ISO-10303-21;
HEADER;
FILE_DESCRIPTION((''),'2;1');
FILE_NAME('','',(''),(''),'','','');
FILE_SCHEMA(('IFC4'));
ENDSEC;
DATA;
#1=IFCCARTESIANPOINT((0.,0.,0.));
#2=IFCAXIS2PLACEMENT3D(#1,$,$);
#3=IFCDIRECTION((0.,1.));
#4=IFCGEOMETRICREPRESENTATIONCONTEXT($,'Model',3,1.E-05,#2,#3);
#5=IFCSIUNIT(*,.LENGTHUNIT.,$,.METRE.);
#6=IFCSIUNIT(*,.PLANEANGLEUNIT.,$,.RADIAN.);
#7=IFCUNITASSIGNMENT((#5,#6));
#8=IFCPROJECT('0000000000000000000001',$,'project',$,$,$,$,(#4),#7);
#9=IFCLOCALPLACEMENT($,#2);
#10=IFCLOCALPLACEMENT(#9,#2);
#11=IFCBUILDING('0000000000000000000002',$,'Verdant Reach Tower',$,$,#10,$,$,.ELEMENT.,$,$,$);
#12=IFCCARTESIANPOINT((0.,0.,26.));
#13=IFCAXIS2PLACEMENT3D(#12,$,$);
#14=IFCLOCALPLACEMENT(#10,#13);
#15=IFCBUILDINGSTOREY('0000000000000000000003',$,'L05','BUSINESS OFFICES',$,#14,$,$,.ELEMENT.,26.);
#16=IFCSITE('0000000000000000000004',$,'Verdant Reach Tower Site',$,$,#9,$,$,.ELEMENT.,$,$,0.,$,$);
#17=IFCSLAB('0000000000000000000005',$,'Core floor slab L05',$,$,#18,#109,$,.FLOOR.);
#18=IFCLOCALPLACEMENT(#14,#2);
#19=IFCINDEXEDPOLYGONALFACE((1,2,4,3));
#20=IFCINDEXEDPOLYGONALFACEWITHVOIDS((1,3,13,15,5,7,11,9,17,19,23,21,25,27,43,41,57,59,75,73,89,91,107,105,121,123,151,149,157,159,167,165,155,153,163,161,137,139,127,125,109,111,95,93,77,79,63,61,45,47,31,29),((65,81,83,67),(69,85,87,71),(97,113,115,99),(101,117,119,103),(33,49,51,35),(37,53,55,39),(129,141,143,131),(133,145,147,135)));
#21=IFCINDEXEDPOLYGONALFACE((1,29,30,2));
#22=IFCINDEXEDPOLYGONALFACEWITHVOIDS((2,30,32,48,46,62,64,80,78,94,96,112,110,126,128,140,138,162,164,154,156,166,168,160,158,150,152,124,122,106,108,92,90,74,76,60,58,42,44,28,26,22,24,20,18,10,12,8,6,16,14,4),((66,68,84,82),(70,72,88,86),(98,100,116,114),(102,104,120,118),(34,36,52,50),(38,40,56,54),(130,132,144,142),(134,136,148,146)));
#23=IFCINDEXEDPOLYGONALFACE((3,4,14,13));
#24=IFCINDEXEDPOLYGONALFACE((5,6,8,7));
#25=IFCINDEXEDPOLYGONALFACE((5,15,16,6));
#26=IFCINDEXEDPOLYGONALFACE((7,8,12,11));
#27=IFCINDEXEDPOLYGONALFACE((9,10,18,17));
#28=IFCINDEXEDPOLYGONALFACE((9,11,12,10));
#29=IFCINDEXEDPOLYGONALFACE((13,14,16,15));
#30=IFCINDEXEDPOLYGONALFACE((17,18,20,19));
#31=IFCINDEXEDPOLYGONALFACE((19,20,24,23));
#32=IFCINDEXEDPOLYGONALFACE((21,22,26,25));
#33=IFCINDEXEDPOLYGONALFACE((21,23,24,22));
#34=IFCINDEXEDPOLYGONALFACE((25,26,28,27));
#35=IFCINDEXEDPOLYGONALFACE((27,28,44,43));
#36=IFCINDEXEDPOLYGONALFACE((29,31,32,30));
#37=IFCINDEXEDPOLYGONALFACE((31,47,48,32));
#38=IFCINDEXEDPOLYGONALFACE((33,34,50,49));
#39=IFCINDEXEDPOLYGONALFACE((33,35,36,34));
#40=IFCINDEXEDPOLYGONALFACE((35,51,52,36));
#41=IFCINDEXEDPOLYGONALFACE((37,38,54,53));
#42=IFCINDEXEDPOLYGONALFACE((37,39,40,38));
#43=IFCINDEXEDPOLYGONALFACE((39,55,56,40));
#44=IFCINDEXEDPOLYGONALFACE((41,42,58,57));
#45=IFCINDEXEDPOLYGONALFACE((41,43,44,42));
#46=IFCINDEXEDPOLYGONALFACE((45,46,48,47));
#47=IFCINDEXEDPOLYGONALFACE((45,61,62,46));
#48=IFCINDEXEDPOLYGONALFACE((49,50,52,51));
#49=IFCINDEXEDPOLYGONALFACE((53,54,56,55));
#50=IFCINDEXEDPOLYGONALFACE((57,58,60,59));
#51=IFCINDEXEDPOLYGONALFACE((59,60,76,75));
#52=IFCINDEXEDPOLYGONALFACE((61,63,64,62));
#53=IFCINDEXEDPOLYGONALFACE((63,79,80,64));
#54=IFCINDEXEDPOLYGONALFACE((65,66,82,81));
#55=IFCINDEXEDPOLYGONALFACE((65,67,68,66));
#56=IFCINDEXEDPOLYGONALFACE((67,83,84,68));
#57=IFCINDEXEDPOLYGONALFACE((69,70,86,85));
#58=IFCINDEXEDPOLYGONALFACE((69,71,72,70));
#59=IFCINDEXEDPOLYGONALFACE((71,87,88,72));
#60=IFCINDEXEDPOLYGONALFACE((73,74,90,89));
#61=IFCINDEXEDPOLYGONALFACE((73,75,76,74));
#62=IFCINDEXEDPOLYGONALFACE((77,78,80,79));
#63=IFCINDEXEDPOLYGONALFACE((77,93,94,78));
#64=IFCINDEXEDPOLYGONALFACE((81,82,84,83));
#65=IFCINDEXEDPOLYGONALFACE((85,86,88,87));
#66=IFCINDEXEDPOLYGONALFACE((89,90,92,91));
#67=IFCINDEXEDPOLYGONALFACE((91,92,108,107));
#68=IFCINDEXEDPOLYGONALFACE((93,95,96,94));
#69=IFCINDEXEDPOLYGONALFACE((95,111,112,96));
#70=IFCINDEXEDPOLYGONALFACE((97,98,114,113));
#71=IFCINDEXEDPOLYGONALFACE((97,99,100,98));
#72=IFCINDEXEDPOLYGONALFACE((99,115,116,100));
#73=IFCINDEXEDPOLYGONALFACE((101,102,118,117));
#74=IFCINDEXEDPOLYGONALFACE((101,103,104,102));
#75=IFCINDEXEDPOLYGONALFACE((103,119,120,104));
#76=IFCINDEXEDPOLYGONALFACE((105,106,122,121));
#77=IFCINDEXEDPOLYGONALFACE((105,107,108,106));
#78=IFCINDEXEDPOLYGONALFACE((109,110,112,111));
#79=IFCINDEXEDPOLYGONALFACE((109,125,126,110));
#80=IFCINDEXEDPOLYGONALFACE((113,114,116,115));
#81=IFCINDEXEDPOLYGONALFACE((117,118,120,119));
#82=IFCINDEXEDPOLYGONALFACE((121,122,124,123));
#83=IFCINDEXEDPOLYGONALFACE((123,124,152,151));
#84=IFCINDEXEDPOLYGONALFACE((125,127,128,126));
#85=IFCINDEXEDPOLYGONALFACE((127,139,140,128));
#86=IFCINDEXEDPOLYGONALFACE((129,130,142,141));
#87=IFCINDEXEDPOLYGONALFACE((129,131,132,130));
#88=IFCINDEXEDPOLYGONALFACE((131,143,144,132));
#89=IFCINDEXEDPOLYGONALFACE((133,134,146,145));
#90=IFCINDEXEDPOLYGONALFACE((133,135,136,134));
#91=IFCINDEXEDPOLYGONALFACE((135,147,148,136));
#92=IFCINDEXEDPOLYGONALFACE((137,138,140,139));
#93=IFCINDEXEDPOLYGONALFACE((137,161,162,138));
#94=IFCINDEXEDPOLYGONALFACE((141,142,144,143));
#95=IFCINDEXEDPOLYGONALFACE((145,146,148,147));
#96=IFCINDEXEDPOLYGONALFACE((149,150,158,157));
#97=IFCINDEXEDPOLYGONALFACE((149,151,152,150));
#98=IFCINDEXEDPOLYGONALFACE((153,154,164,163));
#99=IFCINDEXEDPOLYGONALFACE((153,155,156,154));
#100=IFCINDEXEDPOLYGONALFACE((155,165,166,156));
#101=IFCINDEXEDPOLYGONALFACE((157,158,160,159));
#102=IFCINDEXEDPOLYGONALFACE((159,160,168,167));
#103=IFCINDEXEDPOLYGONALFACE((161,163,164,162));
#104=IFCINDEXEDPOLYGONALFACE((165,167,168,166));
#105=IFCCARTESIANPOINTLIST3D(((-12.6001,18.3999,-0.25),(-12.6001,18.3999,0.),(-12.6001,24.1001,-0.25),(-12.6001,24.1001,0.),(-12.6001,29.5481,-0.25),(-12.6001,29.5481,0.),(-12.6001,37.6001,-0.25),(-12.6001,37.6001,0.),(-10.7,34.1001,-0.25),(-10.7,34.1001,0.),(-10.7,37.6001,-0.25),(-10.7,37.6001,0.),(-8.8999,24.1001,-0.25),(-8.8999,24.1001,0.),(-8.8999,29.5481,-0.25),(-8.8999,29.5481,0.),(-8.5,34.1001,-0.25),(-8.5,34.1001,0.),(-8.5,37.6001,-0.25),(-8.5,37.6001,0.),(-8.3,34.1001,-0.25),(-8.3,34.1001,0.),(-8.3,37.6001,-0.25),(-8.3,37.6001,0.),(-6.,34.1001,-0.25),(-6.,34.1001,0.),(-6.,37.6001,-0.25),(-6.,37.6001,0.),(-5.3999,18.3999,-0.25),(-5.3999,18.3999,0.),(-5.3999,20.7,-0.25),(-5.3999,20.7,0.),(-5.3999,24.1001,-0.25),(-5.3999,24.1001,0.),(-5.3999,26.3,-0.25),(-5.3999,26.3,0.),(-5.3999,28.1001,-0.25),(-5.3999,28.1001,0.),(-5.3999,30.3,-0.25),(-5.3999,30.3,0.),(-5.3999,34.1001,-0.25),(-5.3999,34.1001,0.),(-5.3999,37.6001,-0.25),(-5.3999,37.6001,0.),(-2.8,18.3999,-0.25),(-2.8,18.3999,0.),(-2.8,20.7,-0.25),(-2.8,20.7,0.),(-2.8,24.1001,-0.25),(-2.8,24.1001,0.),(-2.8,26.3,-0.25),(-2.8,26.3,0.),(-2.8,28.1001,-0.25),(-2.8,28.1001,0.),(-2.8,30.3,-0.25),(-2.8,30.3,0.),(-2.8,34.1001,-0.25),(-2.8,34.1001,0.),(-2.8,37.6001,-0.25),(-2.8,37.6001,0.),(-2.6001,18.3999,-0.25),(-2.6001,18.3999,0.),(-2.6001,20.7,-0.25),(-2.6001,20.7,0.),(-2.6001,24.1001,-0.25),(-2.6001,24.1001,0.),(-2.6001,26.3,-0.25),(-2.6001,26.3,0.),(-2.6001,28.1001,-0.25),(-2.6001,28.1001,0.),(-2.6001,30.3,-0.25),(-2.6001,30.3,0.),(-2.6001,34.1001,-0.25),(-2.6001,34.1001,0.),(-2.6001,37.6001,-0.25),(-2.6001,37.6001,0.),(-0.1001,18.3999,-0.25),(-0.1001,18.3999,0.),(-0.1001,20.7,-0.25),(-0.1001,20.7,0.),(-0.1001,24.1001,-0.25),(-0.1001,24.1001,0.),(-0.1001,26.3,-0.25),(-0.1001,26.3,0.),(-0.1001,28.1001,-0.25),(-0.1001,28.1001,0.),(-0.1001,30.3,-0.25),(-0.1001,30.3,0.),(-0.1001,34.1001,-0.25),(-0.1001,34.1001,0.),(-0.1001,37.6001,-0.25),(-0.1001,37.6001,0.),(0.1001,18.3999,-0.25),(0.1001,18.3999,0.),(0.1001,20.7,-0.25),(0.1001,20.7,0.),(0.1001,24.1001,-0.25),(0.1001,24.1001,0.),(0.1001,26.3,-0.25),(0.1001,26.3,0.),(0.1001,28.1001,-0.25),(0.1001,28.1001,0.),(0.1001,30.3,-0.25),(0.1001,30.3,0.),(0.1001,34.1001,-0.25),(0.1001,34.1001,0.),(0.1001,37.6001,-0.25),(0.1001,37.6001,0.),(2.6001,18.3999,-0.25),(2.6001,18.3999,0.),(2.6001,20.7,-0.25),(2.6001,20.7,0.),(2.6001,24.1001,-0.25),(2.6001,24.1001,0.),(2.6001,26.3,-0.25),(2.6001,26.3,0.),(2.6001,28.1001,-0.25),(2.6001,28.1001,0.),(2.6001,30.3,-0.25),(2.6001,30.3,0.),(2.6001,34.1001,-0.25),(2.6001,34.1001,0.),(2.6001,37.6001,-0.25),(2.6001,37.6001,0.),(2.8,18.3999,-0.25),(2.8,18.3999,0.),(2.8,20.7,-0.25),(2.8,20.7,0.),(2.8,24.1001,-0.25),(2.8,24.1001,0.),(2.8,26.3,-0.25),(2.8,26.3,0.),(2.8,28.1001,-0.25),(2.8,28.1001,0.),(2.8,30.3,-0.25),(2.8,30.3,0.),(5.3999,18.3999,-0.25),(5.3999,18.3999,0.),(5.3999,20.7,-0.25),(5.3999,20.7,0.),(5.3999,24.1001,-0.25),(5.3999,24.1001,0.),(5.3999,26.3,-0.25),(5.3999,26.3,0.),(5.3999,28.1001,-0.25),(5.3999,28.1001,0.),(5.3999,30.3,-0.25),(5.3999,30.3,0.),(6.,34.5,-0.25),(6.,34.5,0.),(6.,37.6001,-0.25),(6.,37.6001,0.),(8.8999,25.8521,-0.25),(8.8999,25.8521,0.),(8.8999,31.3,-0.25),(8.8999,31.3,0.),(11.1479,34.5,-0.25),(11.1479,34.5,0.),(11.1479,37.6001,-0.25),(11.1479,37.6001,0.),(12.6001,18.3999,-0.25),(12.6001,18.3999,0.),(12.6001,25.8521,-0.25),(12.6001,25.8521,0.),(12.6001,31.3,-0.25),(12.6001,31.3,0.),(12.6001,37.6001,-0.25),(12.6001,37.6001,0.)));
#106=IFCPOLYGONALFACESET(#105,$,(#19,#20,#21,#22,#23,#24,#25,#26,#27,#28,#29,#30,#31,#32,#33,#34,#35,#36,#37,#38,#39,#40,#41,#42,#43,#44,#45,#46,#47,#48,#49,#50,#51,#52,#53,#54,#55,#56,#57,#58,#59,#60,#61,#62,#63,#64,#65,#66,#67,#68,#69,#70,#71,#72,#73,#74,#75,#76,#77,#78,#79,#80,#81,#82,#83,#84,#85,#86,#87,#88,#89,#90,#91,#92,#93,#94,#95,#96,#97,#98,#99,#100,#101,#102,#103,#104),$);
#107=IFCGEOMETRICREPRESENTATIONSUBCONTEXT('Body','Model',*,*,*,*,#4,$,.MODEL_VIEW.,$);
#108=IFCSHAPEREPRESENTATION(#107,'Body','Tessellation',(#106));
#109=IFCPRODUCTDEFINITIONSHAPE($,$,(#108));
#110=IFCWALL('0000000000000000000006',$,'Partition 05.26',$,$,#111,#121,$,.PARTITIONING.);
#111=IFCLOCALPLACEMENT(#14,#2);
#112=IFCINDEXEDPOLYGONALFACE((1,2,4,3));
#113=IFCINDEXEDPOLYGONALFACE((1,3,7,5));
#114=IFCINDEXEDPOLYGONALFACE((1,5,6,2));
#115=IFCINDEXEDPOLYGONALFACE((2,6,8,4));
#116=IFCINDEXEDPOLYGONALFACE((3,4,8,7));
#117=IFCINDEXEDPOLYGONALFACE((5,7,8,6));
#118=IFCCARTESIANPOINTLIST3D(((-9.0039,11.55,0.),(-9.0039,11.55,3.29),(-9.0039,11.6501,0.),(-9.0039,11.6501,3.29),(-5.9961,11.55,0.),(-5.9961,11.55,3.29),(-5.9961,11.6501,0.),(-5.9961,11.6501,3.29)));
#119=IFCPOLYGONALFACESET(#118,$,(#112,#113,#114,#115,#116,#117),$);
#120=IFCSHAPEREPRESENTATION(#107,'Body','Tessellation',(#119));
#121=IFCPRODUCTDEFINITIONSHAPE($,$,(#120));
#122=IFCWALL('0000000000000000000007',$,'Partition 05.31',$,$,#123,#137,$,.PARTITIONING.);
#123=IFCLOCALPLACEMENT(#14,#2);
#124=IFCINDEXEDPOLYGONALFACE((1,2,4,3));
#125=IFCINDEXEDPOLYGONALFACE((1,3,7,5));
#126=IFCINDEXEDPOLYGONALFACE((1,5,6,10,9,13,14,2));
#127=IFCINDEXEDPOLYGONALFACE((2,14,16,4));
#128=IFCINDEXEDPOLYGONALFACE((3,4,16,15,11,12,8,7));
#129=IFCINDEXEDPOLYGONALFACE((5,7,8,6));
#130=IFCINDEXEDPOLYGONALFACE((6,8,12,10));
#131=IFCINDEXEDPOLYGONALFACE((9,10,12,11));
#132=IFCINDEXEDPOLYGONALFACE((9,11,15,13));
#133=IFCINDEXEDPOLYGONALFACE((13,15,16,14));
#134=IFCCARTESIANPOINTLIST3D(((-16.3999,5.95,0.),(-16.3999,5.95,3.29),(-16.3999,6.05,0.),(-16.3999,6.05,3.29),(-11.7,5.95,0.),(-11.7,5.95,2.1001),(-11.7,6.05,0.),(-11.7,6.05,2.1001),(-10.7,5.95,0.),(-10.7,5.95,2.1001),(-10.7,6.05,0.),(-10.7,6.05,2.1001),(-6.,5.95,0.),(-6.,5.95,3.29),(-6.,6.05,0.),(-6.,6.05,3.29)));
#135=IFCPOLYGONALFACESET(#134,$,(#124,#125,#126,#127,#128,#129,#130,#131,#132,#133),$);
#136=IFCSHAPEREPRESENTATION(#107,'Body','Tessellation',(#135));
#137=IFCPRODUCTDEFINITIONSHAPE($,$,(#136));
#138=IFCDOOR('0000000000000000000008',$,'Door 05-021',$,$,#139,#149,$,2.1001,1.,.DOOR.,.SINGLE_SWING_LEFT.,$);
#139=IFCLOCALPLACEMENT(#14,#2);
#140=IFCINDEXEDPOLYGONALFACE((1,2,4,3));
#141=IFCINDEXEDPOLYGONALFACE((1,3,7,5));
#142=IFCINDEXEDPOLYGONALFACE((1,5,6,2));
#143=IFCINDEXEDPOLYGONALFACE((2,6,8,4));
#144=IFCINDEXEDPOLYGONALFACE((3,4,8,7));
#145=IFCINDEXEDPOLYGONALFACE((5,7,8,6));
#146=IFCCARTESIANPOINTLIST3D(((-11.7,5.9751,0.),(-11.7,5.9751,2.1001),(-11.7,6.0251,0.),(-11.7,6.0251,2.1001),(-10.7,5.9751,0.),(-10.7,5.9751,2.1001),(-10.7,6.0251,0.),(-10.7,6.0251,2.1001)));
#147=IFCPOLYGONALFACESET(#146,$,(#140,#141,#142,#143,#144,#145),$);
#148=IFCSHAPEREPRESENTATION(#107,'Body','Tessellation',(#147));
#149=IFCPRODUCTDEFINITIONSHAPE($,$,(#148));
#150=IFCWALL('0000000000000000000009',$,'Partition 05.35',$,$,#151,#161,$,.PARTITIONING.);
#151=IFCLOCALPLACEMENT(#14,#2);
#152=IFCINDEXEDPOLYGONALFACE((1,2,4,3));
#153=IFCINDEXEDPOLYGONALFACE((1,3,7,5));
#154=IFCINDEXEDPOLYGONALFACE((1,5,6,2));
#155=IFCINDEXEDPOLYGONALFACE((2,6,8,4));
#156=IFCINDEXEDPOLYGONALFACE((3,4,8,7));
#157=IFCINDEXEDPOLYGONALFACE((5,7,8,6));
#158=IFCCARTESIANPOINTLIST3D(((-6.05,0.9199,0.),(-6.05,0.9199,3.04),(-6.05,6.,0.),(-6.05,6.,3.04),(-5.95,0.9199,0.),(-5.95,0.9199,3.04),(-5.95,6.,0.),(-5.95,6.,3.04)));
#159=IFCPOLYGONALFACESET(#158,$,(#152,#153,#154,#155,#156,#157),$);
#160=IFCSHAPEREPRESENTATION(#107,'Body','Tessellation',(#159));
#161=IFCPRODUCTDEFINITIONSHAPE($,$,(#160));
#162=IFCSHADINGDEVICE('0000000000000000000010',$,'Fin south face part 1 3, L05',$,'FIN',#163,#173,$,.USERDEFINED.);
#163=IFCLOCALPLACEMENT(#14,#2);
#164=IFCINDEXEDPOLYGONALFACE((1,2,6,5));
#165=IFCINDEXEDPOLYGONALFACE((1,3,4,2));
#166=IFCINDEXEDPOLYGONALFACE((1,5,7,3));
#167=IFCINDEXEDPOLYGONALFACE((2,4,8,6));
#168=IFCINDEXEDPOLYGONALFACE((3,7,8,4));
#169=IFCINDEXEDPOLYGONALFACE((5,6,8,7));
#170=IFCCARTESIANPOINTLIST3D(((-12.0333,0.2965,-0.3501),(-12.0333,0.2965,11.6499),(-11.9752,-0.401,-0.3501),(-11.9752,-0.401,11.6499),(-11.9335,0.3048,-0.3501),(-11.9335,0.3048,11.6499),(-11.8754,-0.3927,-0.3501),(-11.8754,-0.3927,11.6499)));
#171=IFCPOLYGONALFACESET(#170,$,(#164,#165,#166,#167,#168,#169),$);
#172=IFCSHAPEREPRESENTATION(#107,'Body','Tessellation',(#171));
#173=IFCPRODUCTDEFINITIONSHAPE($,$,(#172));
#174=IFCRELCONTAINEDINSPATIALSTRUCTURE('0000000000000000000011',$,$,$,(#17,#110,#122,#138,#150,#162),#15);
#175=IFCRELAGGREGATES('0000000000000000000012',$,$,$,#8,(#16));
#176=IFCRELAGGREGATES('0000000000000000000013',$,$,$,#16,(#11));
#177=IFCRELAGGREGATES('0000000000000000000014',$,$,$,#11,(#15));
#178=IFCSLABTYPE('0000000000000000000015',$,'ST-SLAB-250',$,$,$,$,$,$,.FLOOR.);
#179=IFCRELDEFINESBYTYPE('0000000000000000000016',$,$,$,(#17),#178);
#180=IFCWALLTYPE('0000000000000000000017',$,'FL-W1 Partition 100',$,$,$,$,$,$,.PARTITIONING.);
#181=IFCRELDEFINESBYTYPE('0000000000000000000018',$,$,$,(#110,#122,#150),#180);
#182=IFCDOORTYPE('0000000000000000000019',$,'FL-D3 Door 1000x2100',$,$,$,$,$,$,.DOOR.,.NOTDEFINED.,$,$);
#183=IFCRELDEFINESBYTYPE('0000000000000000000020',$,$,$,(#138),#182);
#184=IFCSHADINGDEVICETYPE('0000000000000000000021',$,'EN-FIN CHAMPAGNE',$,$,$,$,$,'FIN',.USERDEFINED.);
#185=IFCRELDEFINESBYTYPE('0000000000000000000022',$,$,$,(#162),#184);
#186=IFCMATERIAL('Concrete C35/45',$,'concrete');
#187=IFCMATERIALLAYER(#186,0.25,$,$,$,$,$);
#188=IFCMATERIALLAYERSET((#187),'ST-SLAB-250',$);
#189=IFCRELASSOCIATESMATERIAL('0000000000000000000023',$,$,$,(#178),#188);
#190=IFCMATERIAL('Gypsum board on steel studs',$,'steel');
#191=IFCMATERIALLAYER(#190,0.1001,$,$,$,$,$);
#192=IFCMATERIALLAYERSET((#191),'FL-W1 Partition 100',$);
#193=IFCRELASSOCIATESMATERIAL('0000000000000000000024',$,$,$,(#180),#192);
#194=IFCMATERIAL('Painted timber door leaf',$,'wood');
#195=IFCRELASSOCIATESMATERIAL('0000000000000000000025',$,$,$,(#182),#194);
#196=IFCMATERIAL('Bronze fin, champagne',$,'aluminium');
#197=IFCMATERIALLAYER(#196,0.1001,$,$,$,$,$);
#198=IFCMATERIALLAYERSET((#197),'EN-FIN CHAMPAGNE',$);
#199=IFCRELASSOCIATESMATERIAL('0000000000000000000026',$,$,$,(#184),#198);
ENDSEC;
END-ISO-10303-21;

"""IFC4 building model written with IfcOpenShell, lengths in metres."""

from ifc_helpers import new_model, si_unit, direction, frame, frame_2d, origin, origin_2d, place, context, subcontext, project, spatial, polyline, rectangle, outline, extrude, material, layer, layer_set, type_object, element, fill, save


model = new_model("IFC4")

# Units and contexts
model_context = context("Model", 3, precision=1e-05, world=origin(), true_north=direction((0.0, 1.0)))
body_context = subcontext(model_context, "Body", "Model", "MODEL_VIEW")
ifc_project = project(units=[si_unit("LENGTHUNIT", "METRE"), si_unit("PLANEANGLEUNIT", "RADIAN")], contexts=[model_context])

# Site, building, storey
site_placement = place(None, origin())
site = spatial("IfcSite", under=ifc_project, at=site_placement, Name="Verdant Reach Tower Site", CompositionType="ELEMENT", RefElevation=0.0)
building_placement = place(site_placement, origin())
building = spatial("IfcBuilding", under=site, at=building_placement, Name="Verdant Reach Tower", CompositionType="ELEMENT")
storey_placement = place(building_placement, frame((0.0, 0.0, 26.0)))
storey = spatial("IfcBuildingStorey", under=building, at=storey_placement, Name="L05", Description="BUSINESS OFFICES", CompositionType="ELEMENT", Elevation=26.0)

# Slab
ifc_material_1 = material(Name="Concrete C35/45", Category="concrete")
ifc_layer_1 = layer(ifc_material_1, 0.25)
ifc_layer_set_1 = layer_set([ifc_layer_1], Name="ST-SLAB-250")
slab_type_1 = type_object("IfcSlabType", Name="ST-SLAB-250", PredefinedType="FLOOR", material=ifc_layer_set_1)
slab_1_placement = place(storey_placement, frame((0.0, 0.0, -0.25)))
element("IfcSlab", 1, at=slab_1_placement, inside=storey, type_object=slab_type_1, Name="Core floor slab L05", PredefinedType="FLOOR", context=body_context, shape_type="SweptSolid", body=[
    extrude(outline(polyline([(12.6001, 18.3999), (5.3999, 18.3999), (5.3999, 20.7), (2.8, 20.7), (2.8, 18.3999), (2.6001, 18.3999), (2.6001, 20.7), (0.1001, 20.7), (0.1001, 18.3999), (-0.1001, 18.3999), (-0.1001, 20.7), (-2.6001, 20.7), (-2.6001, 18.3999), (-2.8, 18.3999), (-2.8, 20.7), (-5.3999, 20.7), (-5.3999, 18.3999), (-12.6001, 18.3999), (-12.6001, 24.1001), (-8.8999, 24.1001), (-8.8999, 29.5481), (-12.6001, 29.5481), (-12.6001, 37.6001), (-10.7, 37.6001), (-10.7, 34.1001), (-8.5, 34.1001), (-8.5, 37.6001), (-8.3, 37.6001), (-8.3, 34.1001), (-6.0, 34.1001), (-6.0, 37.6001), (-5.3999, 37.6001), (-5.3999, 34.1001), (-2.8, 34.1001), (-2.8, 37.6001), (-2.6001, 37.6001), (-2.6001, 34.1001), (-0.1001, 34.1001), (-0.1001, 37.6001), (0.1001, 37.6001), (0.1001, 34.1001), (2.6001, 34.1001), (2.6001, 37.6001), (6.0, 37.6001), (6.0, 34.5), (11.1479, 34.5), (11.1479, 37.6001), (12.6001, 37.6001), (12.6001, 31.3), (8.8999, 31.3), (8.8999, 25.8521), (12.6001, 25.8521), (12.6001, 18.3999)]), holes=[polyline([(-2.8, 24.1001), (-2.8, 26.3), (-5.3999, 26.3), (-5.3999, 24.1001), (-2.8, 24.1001)]), polyline([(-2.6001, 24.1001), (-0.1001, 24.1001), (-0.1001, 26.3), (-2.6001, 26.3), (-2.6001, 24.1001)]), polyline([(-2.8, 28.1001), (-2.8, 30.3), (-5.3999, 30.3), (-5.3999, 28.1001), (-2.8, 28.1001)]), polyline([(-0.1001, 28.1001), (-0.1001, 30.3), (-2.6001, 30.3), (-2.6001, 28.1001), (-0.1001, 28.1001)]), polyline([(2.6001, 24.1001), (2.6001, 26.3), (0.1001, 26.3), (0.1001, 24.1001), (2.6001, 24.1001)]), polyline([(2.8, 24.1001), (5.3999, 24.1001), (5.3999, 26.3), (2.8, 26.3), (2.8, 24.1001)]), polyline([(2.6001, 28.1001), (2.6001, 30.3), (0.1001, 30.3), (0.1001, 28.1001), (2.6001, 28.1001)]), polyline([(5.3999, 28.1001), (5.3999, 30.3), (2.8, 30.3), (2.8, 28.1001), (5.3999, 28.1001)])]), origin(), (0.0, 0.0, 1.0), 0.25),
])

# Wall
ifc_material_2 = material(Name="Gypsum board on steel studs", Category="steel")
ifc_layer_2 = layer(ifc_material_2, 0.1001)
ifc_layer_set_2 = layer_set([ifc_layer_2], Name="FL-W1 Partition 100")
wall_type = type_object("IfcWallType", Name="FL-W1 Partition 100", PredefinedType="PARTITIONING", material=ifc_layer_set_2)
wall_1_placement = place(storey_placement, frame((-9.0039, 11.6001, 0.0), z_axis=(0.0, 0.0, 1.0), x_axis=(1.0, 0.0, 0.0)))
element("IfcWall", 2, at=wall_1_placement, inside=storey, type_object=wall_type, Name="Partition 05.26", PredefinedType="PARTITIONING", context=body_context, shape_type="SweptSolid", body=[
    extrude(rectangle(XDim=3.0078, YDim=0.1001, at=frame_2d((1.5039, 0.0))), origin(), (0.0, 0.0, 1.0), 3.29),
])

# Wall, opening, door
wall_2_placement = place(storey_placement, frame((-6.0, 6.0, 0.0), z_axis=(0.0, 0.0, 1.0), x_axis=(-1.0, 0.0, 0.0)))
wall_2 = element("IfcWall", 3, at=wall_2_placement, inside=storey, type_object=wall_type, Name="Partition 05.31", PredefinedType="PARTITIONING", context=body_context, shape_type="SweptSolid", body=[
    extrude(rectangle(XDim=10.3999, YDim=0.1001, at=frame_2d((5.2, 0.0))), origin(), (0.0, 0.0, 1.0), 3.29),
])
opening_placement = place(wall_2_placement, frame((4.7, 0.0, 0.0)))
opening = element("IfcOpeningElement", 4, at=opening_placement, cuts=wall_2, PredefinedType="OPENING", context=body_context, shape_type="SweptSolid", body=[
    extrude(rectangle(XDim=1.0, YDim=2.1001, at=frame_2d((0.5, 1.05))), frame((0.0, 0.0601, 0.0), z_axis=(0.0, -1.0, 0.0), x_axis=(1.0, 0.0, 0.0)), (0.0, 0.0, 1.0), 0.1201),
])
ifc_material_3 = material(Name="Painted timber door leaf", Category="wood")
door_type = type_object("IfcDoorType", Name="FL-D3 Door 1000x2100", OperationType="NOTDEFINED", PredefinedType="DOOR", material=ifc_material_3)
door_placement = place(opening_placement, origin())
door = element("IfcDoor", 5, at=door_placement, inside=storey, type_object=door_type, Name="Door 05-021", OperationType="SINGLE_SWING_LEFT", OverallHeight=2.1001, OverallWidth=1.0, PredefinedType="DOOR", context=body_context, shape_type="SweptSolid", body=[
    extrude(rectangle(XDim=1.0, YDim=2.1001, at=frame_2d((0.5, 1.05))), frame((0.0, 0.0249, 0.0), z_axis=(0.0, -1.0, 0.0), x_axis=(1.0, 0.0, 0.0)), (0.0, 0.0, 1.0), 0.05),
])
fill(opening, door)

# Wall
wall_3_placement = place(storey_placement, frame((-6.0, 0.9199, 0.0), z_axis=(0.0, 0.0, 1.0), x_axis=(0.0, 1.0, 0.0)))
element("IfcWall", 6, at=wall_3_placement, inside=storey, type_object=wall_type, Name="Partition 05.35", PredefinedType="PARTITIONING", context=body_context, shape_type="SweptSolid", body=[
    extrude(rectangle(XDim=5.0801, YDim=0.1001, at=frame_2d((2.54, 0.0))), origin(), (0.0, 0.0, 1.0), 3.04),
])

# Shading device
ifc_material_4 = material(Name="Bronze fin, champagne", Category="aluminium")
ifc_layer_3 = layer(ifc_material_4, 0.1001)
ifc_layer_set_3 = layer_set([ifc_layer_3], Name="EN-FIN CHAMPAGNE")
shading_device_type_1 = type_object("IfcShadingDeviceType", Name="EN-FIN CHAMPAGNE", ElementType="FIN", PredefinedType="USERDEFINED", material=ifc_layer_set_3)
shading_device_placement = place(storey_placement, frame((-11.9543, -0.0481, -0.3501), z_axis=(0.0, 0.0, 1.0), x_axis=(0.996546, 0.083045, 0.0)))
element("IfcShadingDevice", 7, at=shading_device_placement, inside=storey, type_object=shading_device_type_1, Name="Fin south face part 1 3, L05", ObjectType="FIN", PredefinedType="USERDEFINED", context=body_context, shape_type="SweptSolid", body=[
    extrude(rectangle(XDim=0.1001, YDim=0.7, at=origin_2d()), origin(), (0.0, 0.0, 1.0), 12.0),
])

save(model, "model.ifc")
